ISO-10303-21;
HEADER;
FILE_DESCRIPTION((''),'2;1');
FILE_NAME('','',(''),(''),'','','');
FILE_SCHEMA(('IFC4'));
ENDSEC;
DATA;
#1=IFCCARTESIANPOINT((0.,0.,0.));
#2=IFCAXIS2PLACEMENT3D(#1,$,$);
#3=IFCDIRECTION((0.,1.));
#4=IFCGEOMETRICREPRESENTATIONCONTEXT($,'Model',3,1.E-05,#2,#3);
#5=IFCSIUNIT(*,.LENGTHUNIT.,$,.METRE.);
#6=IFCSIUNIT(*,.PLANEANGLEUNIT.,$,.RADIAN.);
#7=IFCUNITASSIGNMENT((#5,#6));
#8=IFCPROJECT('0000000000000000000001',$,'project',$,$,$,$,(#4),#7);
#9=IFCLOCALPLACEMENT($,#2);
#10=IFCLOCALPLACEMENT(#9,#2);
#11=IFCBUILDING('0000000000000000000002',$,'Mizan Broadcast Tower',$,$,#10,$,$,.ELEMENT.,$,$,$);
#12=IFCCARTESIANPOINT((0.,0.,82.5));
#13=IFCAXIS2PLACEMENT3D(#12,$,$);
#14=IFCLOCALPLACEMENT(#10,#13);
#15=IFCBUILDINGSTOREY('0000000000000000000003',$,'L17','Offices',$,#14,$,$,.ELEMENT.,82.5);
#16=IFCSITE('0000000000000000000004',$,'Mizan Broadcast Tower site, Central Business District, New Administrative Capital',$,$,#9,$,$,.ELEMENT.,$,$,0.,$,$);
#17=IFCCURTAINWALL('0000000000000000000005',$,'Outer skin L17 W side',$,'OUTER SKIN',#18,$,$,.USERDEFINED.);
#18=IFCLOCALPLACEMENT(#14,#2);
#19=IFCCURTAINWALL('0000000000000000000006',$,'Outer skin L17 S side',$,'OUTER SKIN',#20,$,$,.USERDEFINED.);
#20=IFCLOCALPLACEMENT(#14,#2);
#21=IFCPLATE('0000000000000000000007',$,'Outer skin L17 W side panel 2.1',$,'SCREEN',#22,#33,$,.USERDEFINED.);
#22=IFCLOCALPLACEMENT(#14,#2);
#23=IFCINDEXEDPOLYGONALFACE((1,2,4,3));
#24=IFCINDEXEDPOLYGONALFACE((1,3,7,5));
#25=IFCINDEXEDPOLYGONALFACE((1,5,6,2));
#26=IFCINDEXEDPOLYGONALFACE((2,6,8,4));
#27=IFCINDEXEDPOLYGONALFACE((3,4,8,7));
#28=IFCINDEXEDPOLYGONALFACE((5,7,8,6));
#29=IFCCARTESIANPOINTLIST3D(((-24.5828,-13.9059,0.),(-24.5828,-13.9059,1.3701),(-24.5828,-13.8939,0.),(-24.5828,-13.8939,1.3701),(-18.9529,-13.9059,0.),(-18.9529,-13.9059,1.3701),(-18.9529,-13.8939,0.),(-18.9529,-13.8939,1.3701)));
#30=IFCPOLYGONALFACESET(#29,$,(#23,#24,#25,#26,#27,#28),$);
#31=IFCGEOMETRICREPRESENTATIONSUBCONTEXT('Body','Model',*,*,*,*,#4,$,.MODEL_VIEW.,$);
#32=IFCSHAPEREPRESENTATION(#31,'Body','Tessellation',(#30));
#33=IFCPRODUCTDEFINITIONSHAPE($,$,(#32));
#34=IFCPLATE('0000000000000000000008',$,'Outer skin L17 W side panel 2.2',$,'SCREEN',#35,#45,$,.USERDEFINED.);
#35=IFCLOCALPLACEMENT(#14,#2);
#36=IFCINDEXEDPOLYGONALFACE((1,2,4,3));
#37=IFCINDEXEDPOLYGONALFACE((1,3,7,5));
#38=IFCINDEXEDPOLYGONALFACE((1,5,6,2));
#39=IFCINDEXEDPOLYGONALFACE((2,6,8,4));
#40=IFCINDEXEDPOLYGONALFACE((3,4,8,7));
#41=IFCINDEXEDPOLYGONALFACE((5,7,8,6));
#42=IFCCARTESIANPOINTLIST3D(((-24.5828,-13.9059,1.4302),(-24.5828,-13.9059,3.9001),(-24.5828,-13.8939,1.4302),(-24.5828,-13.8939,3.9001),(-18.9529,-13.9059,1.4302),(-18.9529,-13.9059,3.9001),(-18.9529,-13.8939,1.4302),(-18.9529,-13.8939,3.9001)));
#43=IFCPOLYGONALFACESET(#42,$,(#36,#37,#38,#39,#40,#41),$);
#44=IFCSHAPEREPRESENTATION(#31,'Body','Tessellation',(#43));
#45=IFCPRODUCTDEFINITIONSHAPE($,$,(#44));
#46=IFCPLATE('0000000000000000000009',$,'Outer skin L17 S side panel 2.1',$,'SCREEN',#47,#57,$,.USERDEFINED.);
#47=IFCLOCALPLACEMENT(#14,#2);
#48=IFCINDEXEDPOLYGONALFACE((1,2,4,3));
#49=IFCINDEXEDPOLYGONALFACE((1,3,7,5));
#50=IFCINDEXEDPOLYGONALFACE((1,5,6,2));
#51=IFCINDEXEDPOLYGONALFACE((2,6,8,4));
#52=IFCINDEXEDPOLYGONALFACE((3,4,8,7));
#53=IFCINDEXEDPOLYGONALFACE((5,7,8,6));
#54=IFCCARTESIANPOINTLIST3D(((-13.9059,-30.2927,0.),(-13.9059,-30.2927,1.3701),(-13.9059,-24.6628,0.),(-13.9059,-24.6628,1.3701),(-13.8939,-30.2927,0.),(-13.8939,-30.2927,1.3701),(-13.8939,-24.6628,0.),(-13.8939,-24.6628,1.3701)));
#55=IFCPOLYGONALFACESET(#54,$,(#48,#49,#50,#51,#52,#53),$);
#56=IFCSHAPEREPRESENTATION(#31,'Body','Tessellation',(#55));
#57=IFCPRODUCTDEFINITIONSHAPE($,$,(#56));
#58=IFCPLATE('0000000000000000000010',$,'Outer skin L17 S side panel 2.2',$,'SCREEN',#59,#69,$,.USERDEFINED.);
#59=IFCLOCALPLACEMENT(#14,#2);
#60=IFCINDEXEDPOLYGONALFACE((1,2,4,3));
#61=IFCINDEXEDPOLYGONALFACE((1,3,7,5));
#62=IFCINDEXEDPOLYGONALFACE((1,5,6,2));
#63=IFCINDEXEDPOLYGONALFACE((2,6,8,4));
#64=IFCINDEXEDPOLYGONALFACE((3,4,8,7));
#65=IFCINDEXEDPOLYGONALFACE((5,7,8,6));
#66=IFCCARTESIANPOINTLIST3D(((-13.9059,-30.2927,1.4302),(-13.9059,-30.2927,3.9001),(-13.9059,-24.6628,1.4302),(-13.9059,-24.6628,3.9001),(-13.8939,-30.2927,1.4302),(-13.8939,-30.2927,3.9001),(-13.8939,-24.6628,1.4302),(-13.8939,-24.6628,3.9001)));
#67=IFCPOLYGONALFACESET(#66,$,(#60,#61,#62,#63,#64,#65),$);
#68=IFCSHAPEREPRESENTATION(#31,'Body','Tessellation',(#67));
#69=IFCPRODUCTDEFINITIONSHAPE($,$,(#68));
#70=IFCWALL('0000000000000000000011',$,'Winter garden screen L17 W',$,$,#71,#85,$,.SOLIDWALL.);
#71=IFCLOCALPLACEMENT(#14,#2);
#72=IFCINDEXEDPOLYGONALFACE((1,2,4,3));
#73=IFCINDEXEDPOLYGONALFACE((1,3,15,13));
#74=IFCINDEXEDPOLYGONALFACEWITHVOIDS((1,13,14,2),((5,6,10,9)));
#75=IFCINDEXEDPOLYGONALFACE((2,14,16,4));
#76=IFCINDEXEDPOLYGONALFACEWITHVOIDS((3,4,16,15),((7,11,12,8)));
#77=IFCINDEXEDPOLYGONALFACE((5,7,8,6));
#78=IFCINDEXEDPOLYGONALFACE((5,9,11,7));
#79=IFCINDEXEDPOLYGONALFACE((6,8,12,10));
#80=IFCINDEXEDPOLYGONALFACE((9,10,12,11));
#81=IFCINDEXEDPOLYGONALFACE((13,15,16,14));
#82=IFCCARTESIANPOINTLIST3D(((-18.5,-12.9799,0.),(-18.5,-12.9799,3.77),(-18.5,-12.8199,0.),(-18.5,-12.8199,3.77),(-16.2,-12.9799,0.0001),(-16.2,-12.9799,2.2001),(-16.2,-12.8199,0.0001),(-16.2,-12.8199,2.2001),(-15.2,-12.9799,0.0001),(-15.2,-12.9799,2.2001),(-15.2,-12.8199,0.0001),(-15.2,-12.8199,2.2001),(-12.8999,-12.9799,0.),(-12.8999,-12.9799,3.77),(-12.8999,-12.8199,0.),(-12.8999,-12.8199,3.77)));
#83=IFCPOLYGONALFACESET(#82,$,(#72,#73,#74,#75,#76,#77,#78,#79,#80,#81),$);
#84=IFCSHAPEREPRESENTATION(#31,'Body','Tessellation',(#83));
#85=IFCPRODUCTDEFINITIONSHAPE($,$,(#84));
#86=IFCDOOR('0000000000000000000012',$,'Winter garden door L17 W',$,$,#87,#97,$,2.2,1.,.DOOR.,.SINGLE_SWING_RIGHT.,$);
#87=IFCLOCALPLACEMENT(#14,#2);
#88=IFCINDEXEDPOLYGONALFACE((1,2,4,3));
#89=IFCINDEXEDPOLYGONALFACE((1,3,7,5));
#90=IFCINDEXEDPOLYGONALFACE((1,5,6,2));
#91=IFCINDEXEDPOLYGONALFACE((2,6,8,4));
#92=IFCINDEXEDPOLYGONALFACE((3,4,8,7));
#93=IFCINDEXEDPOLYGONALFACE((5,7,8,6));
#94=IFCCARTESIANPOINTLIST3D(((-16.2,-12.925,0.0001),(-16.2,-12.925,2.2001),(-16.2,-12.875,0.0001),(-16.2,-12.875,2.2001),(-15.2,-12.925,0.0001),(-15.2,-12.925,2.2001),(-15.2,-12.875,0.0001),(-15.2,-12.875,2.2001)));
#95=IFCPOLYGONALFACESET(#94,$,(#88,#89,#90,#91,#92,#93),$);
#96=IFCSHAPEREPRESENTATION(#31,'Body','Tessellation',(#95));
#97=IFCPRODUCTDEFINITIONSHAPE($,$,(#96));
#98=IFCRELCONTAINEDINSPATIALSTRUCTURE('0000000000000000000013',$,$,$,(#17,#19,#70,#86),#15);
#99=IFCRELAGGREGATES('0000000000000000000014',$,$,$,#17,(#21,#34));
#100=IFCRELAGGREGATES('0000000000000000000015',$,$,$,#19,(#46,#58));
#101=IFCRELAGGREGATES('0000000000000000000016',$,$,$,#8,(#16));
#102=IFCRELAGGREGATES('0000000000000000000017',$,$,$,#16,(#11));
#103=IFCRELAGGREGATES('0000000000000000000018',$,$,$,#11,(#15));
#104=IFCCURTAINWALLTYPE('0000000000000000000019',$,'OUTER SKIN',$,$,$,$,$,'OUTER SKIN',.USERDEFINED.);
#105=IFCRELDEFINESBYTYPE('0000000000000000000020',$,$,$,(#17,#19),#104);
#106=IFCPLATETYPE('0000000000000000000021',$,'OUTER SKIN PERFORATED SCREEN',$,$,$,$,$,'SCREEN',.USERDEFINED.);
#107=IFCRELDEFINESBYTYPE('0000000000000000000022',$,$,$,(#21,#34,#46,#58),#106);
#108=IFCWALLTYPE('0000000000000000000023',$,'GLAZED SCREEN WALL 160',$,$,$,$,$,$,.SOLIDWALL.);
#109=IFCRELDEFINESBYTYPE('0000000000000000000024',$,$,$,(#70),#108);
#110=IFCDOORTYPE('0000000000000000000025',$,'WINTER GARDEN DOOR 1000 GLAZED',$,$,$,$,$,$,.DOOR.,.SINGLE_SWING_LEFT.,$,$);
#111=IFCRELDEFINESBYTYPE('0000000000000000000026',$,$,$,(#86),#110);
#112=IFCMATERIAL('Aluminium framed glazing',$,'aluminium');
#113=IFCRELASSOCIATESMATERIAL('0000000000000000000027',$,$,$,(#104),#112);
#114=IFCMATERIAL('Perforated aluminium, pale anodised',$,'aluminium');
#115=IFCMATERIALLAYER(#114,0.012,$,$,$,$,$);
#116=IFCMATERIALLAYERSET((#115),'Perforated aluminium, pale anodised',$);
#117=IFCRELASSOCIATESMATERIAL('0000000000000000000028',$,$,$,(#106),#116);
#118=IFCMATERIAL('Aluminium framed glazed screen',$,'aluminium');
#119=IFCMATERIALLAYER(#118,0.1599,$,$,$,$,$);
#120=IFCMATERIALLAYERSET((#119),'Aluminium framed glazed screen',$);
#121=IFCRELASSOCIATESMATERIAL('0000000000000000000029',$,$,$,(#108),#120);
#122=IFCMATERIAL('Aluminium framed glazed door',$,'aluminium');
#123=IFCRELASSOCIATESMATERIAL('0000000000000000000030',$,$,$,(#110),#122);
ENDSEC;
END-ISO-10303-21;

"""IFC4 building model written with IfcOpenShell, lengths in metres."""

from ifc_helpers import new_model, si_unit, direction, frame, frame_2d, origin, origin_2d, place, context, subcontext, project, spatial, rectangle, extrude, material, layer, layer_set, type_object, element, fill, aggregate, save


model = new_model("IFC4")

# Units and contexts
model_context = context("Model", 3, precision=1e-05, world=origin(), true_north=direction((0.0, 1.0)))
body_context = subcontext(model_context, "Body", "Model", "MODEL_VIEW")
ifc_project = project(units=[si_unit("LENGTHUNIT", "METRE"), si_unit("PLANEANGLEUNIT", "RADIAN")], contexts=[model_context])

# Site, building, storey
site_placement = place(None, origin())
site = spatial("IfcSite", under=ifc_project, at=site_placement, Name="Mizan Broadcast Tower site, Central Business District, New Administrative Capital", CompositionType="ELEMENT", RefElevation=0.0)
building_placement = place(site_placement, origin())
building = spatial("IfcBuilding", under=site, at=building_placement, Name="Mizan Broadcast Tower", CompositionType="ELEMENT")
storey_placement = place(building_placement, frame((0.0, 0.0, 82.5)))
storey = spatial("IfcBuildingStorey", under=building, at=storey_placement, Name="L17", Description="Offices", CompositionType="ELEMENT", Elevation=82.5)

# Shared definitions
ifc_material_1 = material(Name="Aluminium framed glazing", Category="aluminium")
curtain_wall_type_1 = type_object("IfcCurtainWallType", Name="OUTER SKIN", ElementType="OUTER SKIN", PredefinedType="USERDEFINED", material=ifc_material_1)

# Curtain wall
curtain_wall_1_placement = place(storey_placement, origin())
curtain_wall_1 = element("IfcCurtainWall", 1, at=curtain_wall_1_placement, inside=storey, type_object=curtain_wall_type_1, Name="Outer skin L17 W side", ObjectType="OUTER SKIN", PredefinedType="USERDEFINED")

# Curtain wall
curtain_wall_2_placement = place(storey_placement, origin())
curtain_wall_2 = element("IfcCurtainWall", 2, at=curtain_wall_2_placement, inside=storey, type_object=curtain_wall_type_1, Name="Outer skin L17 S side", ObjectType="OUTER SKIN", PredefinedType="USERDEFINED")

# Plates
ifc_material_2 = material(Name="Perforated aluminium, pale anodised", Category="aluminium")
ifc_layer_1 = layer(ifc_material_2, 0.012)
ifc_layer_set_1 = layer_set([ifc_layer_1], Name="Perforated aluminium, pale anodised")
plate_type_1 = type_object("IfcPlateType", Name="OUTER SKIN PERFORATED SCREEN", ElementType="SCREEN", PredefinedType="USERDEFINED", material=ifc_layer_set_1)
plate_1_placement = place(storey_placement, frame((-21.7678, -13.8999, 0.0), z_axis=(0.0, 0.0, 1.0), x_axis=(1.0, 0.0, 0.0)))
plate_1 = element("IfcPlate", 3, at=plate_1_placement, type_object=plate_type_1, Name="Outer skin L17 W side panel 2.1", ObjectType="SCREEN", PredefinedType="USERDEFINED", context=body_context, shape_type="SweptSolid", body=[
    extrude(rectangle(XDim=5.6299, YDim=0.012, at=origin_2d()), origin(), (0.0, 0.0, 1.0), 1.3701),
])
plate_2_placement = place(storey_placement, frame((-21.7678, -13.8999, 1.4302), z_axis=(0.0, 0.0, 1.0), x_axis=(1.0, 0.0, 0.0)))
plate_2 = element("IfcPlate", 4, at=plate_2_placement, type_object=plate_type_1, Name="Outer skin L17 W side panel 2.2", ObjectType="SCREEN", PredefinedType="USERDEFINED", context=body_context, shape_type="SweptSolid", body=[
    extrude(rectangle(XDim=5.6299, YDim=0.012, at=origin_2d()), origin(), (0.0, 0.0, 1.0), 2.47),
])
aggregate(curtain_wall_1, [plate_1, plate_2])
plate_3_placement = place(storey_placement, frame((-13.8999, -27.4778, 0.0), z_axis=(0.0, 0.0, 1.0), x_axis=(0.0, -1.0, 0.0)))
plate_3 = element("IfcPlate", 5, at=plate_3_placement, type_object=plate_type_1, Name="Outer skin L17 S side panel 2.1", ObjectType="SCREEN", PredefinedType="USERDEFINED", context=body_context, shape_type="SweptSolid", body=[
    extrude(rectangle(XDim=5.6299, YDim=0.012, at=origin_2d()), origin(), (0.0, 0.0, 1.0), 1.3701),
])
plate_4_placement = place(storey_placement, frame((-13.8999, -27.4778, 1.4302), z_axis=(0.0, 0.0, 1.0), x_axis=(0.0, -1.0, 0.0)))
plate_4 = element("IfcPlate", 6, at=plate_4_placement, type_object=plate_type_1, Name="Outer skin L17 S side panel 2.2", ObjectType="SCREEN", PredefinedType="USERDEFINED", context=body_context, shape_type="SweptSolid", body=[
    extrude(rectangle(XDim=5.6299, YDim=0.012, at=origin_2d()), origin(), (0.0, 0.0, 1.0), 2.47),
])
aggregate(curtain_wall_2, [plate_3, plate_4])

# Wall, opening, door
ifc_material_3 = material(Name="Aluminium framed glazed screen", Category="aluminium")
ifc_layer_2 = layer(ifc_material_3, 0.1599)
ifc_layer_set_2 = layer_set([ifc_layer_2], Name="Aluminium framed glazed screen")
wall_type = type_object("IfcWallType", Name="GLAZED SCREEN WALL 160", PredefinedType="SOLIDWALL", material=ifc_layer_set_2)
wall_placement = place(storey_placement, frame((-18.5, -12.8999, 0.0), z_axis=(0.0, 0.0, 1.0), x_axis=(1.0, 0.0, 0.0)))
wall = element("IfcWall", 7, at=wall_placement, inside=storey, type_object=wall_type, Name="Winter garden screen L17 W", PredefinedType="SOLIDWALL", context=body_context, shape_type="SweptSolid", body=[
    extrude(rectangle(XDim=5.6001, YDim=0.1599, at=frame_2d((2.8, 0.0))), origin(), (0.0, 0.0, 1.0), 3.77),
])
opening_placement = place(wall_placement, frame((2.3, 0.0, 0.0)))
opening = element("IfcOpeningElement", 8, at=opening_placement, cuts=wall, PredefinedType="OPENING", context=body_context, shape_type="SweptSolid", body=[
    extrude(rectangle(XDim=1.0, YDim=2.2, at=frame_2d((0.5, 1.1001))), frame((0.0, 0.0898, 0.0), z_axis=(0.0, -1.0, 0.0), x_axis=(1.0, 0.0, 0.0)), (0.0, 0.0, 1.0), 0.1799),
])
ifc_material_4 = material(Name="Aluminium framed glazed door", Category="aluminium")
door_type = type_object("IfcDoorType", Name="WINTER GARDEN DOOR 1000 GLAZED", OperationType="SINGLE_SWING_LEFT", PredefinedType="DOOR", material=ifc_material_4)
door_placement = place(opening_placement, origin())
door = element("IfcDoor", 9, at=door_placement, inside=storey, type_object=door_type, Name="Winter garden door L17 W", OperationType="SINGLE_SWING_RIGHT", OverallHeight=2.2, OverallWidth=1.0, PredefinedType="DOOR", context=body_context, shape_type="SweptSolid", body=[
    extrude(rectangle(XDim=1.0, YDim=2.2, at=frame_2d((0.5, 1.1001))), frame((0.0, 0.0249, 0.0), z_axis=(0.0, -1.0, 0.0), x_axis=(1.0, 0.0, 0.0)), (0.0, 0.0, 1.0), 0.05),
])
fill(opening, door)

save(model, "model.ifc")
